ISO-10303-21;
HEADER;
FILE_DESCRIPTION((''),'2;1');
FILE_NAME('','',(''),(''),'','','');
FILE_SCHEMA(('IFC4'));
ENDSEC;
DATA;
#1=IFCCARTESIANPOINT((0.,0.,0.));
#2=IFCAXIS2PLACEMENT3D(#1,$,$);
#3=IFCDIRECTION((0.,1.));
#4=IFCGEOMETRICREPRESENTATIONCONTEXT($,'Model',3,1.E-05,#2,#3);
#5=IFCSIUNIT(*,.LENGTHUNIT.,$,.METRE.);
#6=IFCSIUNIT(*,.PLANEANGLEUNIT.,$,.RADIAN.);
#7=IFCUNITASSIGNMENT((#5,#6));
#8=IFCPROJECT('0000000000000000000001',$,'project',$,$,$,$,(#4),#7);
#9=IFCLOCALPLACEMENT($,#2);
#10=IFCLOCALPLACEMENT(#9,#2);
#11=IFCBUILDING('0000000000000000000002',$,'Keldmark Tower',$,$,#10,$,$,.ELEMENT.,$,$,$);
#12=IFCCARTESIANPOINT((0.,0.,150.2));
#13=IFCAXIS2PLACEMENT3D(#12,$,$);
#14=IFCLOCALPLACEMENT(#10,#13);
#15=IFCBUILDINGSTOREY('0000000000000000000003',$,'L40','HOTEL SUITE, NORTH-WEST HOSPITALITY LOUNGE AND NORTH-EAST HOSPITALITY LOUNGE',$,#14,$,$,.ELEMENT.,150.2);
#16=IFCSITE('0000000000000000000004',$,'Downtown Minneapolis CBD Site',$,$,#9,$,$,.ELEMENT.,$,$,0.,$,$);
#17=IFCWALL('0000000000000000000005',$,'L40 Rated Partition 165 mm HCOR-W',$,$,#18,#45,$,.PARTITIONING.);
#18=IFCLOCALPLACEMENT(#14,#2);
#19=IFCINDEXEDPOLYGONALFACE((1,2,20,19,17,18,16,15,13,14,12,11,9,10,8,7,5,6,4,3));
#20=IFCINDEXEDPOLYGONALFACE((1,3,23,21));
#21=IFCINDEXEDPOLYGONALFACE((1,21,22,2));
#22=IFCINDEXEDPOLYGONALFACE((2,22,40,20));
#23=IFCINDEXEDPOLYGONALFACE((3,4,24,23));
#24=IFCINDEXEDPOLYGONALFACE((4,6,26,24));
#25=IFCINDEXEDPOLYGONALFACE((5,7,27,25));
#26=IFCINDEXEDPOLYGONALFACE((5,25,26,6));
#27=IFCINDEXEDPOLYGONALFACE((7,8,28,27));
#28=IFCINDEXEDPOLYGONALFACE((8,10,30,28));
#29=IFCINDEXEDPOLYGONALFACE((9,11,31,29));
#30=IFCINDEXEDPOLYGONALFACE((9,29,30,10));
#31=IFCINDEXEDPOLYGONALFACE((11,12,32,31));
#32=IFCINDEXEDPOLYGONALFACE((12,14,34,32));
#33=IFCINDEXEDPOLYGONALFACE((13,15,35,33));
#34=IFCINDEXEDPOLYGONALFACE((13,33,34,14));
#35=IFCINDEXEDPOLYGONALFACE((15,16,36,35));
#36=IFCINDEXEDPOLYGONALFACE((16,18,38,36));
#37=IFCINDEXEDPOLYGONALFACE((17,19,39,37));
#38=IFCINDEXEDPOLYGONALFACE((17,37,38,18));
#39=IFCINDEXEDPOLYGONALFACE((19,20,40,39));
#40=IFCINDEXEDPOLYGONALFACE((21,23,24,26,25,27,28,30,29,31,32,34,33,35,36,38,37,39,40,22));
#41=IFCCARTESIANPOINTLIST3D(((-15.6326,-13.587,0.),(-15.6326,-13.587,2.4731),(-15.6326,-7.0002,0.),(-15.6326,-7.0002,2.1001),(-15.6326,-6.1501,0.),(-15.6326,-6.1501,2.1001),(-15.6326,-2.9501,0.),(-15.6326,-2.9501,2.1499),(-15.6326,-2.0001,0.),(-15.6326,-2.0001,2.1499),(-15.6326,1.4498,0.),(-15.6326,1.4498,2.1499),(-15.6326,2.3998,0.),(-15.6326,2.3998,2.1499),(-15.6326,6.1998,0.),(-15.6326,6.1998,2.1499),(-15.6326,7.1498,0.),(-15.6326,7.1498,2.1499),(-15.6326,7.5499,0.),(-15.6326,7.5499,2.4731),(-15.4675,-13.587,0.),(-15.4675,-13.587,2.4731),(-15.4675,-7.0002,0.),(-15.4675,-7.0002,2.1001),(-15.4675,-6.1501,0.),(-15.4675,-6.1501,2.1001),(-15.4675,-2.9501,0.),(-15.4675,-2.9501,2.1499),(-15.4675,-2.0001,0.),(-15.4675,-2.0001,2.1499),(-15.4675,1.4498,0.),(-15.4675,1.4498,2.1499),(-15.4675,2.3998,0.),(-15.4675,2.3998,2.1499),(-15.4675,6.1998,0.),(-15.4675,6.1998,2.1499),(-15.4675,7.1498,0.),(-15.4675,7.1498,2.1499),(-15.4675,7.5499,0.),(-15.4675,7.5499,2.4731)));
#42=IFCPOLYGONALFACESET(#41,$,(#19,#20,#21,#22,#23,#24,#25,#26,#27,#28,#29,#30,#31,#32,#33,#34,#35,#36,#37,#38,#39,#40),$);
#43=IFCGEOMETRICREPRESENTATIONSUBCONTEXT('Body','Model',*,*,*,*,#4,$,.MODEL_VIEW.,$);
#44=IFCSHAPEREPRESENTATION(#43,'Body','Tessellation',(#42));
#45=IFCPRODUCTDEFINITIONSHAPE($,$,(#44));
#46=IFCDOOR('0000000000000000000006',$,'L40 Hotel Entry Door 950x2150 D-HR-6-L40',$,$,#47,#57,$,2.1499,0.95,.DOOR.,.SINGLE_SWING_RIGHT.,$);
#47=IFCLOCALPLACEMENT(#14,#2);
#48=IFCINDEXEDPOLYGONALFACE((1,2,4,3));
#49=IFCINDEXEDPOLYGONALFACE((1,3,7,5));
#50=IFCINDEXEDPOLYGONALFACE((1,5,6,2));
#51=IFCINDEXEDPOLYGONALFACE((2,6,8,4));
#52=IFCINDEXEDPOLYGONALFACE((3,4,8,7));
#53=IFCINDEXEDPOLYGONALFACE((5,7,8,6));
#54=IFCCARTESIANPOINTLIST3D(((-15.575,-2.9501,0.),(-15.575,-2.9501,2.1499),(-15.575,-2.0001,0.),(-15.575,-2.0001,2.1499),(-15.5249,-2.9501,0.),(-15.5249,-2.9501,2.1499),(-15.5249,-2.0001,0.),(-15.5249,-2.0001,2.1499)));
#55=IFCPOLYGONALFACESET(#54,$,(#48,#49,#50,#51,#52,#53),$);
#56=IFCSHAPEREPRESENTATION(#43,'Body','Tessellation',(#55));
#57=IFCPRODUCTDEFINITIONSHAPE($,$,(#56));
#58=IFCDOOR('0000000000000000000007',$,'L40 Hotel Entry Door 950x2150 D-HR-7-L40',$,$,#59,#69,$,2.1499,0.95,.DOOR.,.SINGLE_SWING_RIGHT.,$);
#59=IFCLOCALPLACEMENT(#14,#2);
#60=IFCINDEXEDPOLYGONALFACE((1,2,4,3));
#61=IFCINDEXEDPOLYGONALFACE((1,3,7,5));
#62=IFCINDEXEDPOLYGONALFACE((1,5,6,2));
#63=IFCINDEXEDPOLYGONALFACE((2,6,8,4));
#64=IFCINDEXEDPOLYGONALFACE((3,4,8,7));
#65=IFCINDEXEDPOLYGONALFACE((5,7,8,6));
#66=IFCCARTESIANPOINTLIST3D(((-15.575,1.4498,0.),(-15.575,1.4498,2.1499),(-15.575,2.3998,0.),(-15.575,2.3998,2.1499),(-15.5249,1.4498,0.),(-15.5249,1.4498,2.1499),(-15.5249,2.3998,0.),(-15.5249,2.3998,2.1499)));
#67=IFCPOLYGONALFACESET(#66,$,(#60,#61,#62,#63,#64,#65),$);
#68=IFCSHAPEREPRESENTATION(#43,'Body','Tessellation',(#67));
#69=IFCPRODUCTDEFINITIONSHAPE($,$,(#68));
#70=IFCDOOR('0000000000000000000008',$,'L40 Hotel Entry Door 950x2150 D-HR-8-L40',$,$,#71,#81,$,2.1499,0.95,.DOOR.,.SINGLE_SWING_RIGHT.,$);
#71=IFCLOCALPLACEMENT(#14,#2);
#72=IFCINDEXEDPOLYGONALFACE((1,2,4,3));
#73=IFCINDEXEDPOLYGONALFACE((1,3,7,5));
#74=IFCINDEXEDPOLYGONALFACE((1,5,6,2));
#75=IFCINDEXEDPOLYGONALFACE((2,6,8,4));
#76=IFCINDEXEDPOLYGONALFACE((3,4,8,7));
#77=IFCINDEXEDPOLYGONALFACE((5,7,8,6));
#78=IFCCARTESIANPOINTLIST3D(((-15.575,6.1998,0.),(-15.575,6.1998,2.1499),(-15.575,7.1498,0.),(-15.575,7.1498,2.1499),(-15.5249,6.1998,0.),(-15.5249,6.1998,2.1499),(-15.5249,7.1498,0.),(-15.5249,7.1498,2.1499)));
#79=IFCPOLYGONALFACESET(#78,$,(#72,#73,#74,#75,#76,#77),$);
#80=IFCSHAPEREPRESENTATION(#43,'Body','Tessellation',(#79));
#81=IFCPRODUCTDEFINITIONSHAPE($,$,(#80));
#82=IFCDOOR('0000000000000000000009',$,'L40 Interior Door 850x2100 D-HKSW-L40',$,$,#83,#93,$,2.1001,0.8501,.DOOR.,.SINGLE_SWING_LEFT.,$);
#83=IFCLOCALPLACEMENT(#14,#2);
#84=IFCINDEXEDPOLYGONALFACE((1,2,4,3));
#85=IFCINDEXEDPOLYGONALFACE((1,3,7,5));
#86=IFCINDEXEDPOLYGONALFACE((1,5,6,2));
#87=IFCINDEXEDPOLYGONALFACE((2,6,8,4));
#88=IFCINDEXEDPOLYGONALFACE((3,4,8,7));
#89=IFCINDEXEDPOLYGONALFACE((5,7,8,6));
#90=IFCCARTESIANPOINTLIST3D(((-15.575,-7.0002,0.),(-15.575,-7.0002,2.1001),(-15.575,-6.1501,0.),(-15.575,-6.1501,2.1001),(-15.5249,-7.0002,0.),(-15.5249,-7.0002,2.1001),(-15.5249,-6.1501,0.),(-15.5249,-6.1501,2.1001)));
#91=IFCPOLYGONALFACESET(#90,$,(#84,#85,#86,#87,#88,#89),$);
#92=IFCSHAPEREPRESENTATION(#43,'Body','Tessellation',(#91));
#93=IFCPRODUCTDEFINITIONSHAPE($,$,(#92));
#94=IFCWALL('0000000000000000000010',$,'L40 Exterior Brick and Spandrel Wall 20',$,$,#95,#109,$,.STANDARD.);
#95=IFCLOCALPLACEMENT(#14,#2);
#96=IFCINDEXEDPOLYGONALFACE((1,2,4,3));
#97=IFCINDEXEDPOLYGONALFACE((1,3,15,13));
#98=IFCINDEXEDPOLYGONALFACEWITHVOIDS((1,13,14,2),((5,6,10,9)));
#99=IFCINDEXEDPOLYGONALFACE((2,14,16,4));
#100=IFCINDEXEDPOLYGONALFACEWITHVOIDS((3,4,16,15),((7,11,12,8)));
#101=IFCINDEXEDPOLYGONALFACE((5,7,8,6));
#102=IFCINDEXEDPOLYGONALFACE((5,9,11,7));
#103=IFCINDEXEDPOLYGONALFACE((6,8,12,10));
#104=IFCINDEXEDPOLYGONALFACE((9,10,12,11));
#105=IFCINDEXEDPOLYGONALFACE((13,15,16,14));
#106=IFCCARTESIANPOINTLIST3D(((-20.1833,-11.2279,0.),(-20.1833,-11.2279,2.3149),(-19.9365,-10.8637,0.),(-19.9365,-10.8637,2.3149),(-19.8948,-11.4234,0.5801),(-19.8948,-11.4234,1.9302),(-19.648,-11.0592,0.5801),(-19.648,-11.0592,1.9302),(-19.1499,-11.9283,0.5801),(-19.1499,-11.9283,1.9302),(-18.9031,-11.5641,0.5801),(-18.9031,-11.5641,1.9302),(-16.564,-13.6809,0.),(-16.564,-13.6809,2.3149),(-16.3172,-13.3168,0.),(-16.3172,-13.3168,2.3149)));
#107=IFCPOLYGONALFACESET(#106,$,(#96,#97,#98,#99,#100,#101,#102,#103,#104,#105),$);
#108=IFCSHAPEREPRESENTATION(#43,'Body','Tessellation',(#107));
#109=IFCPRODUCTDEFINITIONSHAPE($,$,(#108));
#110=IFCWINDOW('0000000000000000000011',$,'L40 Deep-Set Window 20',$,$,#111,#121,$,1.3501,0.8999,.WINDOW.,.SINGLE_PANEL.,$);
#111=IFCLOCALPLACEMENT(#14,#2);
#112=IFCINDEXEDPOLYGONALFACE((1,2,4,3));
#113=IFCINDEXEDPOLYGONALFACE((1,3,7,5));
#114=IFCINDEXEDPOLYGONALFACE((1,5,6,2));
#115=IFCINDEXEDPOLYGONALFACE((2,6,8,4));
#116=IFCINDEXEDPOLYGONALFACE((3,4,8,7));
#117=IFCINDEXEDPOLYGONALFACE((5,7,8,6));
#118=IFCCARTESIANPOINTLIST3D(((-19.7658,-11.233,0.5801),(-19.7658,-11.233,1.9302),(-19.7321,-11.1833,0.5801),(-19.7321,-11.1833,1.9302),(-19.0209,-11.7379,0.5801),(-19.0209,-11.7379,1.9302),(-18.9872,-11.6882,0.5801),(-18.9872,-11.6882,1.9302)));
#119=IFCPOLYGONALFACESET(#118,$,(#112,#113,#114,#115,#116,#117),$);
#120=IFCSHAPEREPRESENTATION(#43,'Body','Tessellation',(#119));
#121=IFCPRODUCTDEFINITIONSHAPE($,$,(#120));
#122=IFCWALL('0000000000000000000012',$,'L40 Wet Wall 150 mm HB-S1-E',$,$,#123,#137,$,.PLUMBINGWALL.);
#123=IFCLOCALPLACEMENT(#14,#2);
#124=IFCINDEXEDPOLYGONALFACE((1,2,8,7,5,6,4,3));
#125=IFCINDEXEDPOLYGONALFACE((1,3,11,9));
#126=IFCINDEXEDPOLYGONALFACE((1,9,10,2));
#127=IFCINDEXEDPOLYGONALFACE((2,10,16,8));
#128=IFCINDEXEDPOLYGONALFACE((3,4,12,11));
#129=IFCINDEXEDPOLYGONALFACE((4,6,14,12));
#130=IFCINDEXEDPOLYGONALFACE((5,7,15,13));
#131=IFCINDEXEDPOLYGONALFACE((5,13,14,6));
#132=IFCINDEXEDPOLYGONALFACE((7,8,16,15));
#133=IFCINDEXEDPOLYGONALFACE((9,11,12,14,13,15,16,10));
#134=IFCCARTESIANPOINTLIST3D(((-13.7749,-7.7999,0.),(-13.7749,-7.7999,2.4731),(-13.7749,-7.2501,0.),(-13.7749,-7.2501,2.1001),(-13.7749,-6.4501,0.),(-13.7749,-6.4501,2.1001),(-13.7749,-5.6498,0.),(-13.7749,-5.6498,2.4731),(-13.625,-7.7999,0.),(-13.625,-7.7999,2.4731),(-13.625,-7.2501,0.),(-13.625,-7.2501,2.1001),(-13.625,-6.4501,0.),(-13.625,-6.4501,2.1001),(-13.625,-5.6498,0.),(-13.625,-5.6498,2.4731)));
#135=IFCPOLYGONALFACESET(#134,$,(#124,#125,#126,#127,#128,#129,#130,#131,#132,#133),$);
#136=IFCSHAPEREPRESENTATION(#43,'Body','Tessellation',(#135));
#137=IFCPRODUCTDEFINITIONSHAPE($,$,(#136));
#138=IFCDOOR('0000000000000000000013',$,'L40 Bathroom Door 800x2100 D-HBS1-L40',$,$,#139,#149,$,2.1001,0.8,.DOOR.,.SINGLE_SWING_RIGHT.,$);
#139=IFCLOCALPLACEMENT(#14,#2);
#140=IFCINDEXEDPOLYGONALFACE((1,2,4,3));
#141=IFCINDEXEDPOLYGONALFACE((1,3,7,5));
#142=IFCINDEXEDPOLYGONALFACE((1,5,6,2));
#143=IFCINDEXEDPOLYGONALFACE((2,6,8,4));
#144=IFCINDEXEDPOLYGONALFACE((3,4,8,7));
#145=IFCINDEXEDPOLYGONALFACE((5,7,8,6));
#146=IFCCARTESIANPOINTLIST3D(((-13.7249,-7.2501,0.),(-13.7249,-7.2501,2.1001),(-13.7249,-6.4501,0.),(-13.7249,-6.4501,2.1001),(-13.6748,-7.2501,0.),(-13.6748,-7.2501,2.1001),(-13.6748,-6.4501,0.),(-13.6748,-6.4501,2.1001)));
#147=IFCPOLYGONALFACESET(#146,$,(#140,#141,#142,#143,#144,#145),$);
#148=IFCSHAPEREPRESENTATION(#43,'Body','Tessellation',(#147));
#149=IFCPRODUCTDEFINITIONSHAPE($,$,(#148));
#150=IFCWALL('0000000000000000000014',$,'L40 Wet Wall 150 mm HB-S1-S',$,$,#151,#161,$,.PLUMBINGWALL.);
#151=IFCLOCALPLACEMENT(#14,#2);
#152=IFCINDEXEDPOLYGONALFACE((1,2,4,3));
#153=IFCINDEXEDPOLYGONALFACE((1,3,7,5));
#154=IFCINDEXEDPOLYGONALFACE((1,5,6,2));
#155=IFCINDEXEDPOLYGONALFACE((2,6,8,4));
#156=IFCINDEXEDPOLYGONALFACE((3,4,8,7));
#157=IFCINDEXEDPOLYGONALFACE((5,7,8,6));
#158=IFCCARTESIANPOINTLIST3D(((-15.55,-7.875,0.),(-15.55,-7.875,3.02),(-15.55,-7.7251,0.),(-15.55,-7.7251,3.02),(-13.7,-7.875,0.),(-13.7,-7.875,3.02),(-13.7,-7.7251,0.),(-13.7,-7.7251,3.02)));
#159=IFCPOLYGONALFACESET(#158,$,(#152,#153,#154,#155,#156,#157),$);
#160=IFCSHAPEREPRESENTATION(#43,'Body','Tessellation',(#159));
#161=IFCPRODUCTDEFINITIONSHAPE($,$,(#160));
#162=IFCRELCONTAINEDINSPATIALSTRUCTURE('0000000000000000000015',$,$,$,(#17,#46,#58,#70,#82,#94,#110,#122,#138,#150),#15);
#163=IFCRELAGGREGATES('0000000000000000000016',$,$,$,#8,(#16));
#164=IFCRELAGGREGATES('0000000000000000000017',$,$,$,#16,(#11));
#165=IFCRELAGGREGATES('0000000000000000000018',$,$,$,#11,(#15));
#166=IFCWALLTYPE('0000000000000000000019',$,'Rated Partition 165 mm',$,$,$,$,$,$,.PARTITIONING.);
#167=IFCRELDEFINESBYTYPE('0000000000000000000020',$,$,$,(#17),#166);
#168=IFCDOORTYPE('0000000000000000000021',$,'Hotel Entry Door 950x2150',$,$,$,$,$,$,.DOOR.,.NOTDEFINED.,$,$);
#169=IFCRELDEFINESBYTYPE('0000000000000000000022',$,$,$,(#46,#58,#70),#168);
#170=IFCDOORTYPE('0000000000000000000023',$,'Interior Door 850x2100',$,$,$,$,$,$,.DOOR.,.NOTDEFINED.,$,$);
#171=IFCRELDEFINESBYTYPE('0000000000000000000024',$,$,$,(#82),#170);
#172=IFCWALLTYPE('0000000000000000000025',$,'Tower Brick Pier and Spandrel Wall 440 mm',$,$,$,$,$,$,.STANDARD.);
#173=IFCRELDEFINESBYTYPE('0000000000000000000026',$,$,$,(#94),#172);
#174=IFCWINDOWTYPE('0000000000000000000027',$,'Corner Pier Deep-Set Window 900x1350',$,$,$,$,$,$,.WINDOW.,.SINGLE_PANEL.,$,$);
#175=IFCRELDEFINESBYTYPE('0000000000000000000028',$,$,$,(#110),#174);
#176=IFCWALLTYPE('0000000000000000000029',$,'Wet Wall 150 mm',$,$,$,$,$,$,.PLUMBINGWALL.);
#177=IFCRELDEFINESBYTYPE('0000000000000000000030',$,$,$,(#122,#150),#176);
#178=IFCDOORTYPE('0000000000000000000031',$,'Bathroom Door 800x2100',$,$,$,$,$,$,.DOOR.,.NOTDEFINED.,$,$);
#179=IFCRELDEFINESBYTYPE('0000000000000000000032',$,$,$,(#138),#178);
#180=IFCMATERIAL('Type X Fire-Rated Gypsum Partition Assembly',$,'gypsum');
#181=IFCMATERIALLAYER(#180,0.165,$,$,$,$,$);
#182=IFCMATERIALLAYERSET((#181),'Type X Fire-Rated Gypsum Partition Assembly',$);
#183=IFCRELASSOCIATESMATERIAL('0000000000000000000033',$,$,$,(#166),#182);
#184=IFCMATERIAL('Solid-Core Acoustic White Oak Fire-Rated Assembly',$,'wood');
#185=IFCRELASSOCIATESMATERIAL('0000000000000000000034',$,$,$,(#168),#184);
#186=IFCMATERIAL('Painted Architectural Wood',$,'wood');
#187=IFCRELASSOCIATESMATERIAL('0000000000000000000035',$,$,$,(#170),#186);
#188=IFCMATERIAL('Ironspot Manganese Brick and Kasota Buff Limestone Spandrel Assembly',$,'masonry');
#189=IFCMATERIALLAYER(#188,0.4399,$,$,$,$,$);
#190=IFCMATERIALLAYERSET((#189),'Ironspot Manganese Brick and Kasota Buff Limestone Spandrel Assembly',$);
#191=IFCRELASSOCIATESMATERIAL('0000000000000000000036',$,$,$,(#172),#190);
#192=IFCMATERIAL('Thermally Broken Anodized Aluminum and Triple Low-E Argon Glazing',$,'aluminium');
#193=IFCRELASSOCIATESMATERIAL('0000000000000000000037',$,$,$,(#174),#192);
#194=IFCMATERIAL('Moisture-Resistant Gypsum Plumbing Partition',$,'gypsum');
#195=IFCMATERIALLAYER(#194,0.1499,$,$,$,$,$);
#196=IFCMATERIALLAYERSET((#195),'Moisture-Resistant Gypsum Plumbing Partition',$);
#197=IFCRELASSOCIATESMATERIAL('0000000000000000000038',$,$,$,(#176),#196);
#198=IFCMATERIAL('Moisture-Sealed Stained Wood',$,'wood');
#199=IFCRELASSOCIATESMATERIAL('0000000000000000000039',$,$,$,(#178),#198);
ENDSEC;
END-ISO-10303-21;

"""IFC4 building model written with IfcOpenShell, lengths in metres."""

from ifc_helpers import new_model, si_unit, direction, frame, frame_2d, origin, place, context, subcontext, project, spatial, rectangle, extrude, material, layer, layer_set, type_object, element, fill, save


model = new_model("IFC4")

# Units and contexts
model_context = context("Model", 3, precision=1e-05, world=origin(), true_north=direction((0.0, 1.0)))
body_context = subcontext(model_context, "Body", "Model", "MODEL_VIEW")
ifc_project = project(units=[si_unit("LENGTHUNIT", "METRE"), si_unit("PLANEANGLEUNIT", "RADIAN")], contexts=[model_context])

# Site, building, storey
site_placement = place(None, origin())
site = spatial("IfcSite", under=ifc_project, at=site_placement, Name="Downtown Minneapolis CBD Site", CompositionType="ELEMENT", RefElevation=0.0)
building_placement = place(site_placement, origin())
building = spatial("IfcBuilding", under=site, at=building_placement, Name="Keldmark Tower", CompositionType="ELEMENT")
storey_placement = place(building_placement, frame((0.0, 0.0, 150.2)))
storey = spatial("IfcBuildingStorey", under=building, at=storey_placement, Name="L40", Description="HOTEL SUITE, NORTH-WEST HOSPITALITY LOUNGE AND NORTH-EAST HOSPITALITY LOUNGE", CompositionType="ELEMENT", Elevation=150.2)

# Wall, openings, doors
ifc_material_1 = material(Name="Type X Fire-Rated Gypsum Partition Assembly", Category="gypsum")
ifc_layer_1 = layer(ifc_material_1, 0.165)
ifc_layer_set_1 = layer_set([ifc_layer_1], Name="Type X Fire-Rated Gypsum Partition Assembly")
wall_type_1 = type_object("IfcWallType", Name="Rated Partition 165 mm", PredefinedType="PARTITIONING", material=ifc_layer_set_1)
ifc_material_2 = material(Name="Solid-Core Acoustic White Oak Fire-Rated Assembly", Category="wood")
door_type_1 = type_object("IfcDoorType", Name="Hotel Entry Door 950x2150", OperationType="NOTDEFINED", PredefinedType="DOOR", material=ifc_material_2)
wall_1_placement = place(storey_placement, frame((-15.55, -13.5869, 0.0), z_axis=(0.0, 0.0, 1.0), x_axis=(0.0, 1.0, 0.0)))
wall_1 = element("IfcWall", 1, at=wall_1_placement, inside=storey, type_object=wall_type_1, Name="L40 Rated Partition 165 mm HCOR-W", PredefinedType="PARTITIONING", context=body_context, shape_type="SweptSolid", body=[
    extrude(rectangle(XDim=21.137, YDim=0.165, at=frame_2d((10.5684, 0.0))), origin(), (0.0, 0.0, 1.0), 2.4731),
])
opening_1_placement = place(wall_1_placement, frame((6.5867, 0.0, 0.0)))
opening_1 = element("IfcOpeningElement", 2, at=opening_1_placement, cuts=wall_1, PredefinedType="OPENING", context=body_context, shape_type="SweptSolid", body=[
    extrude(rectangle(XDim=0.8501, YDim=2.1001, at=frame_2d((0.425, 1.05))), frame((0.0, 0.0925, 0.0), z_axis=(0.0, -1.0, 0.0), x_axis=(1.0, 0.0, 0.0)), (0.0, 0.0, 1.0), 0.1851),
])
opening_2_placement = place(wall_1_placement, frame((10.6367, 0.0, 0.0)))
opening_2 = element("IfcOpeningElement", 3, at=opening_2_placement, cuts=wall_1, PredefinedType="OPENING", context=body_context, shape_type="SweptSolid", body=[
    extrude(rectangle(XDim=0.95, YDim=2.1499, at=frame_2d((0.4751, 1.075))), frame((0.0, 0.0925, 0.0), z_axis=(0.0, -1.0, 0.0), x_axis=(1.0, 0.0, 0.0)), (0.0, 0.0, 1.0), 0.1851),
])
opening_3_placement = place(wall_1_placement, frame((15.0366, 0.0, 0.0)))
opening_3 = element("IfcOpeningElement", 4, at=opening_3_placement, cuts=wall_1, PredefinedType="OPENING", context=body_context, shape_type="SweptSolid", body=[
    extrude(rectangle(XDim=0.95, YDim=2.1499, at=frame_2d((0.4751, 1.075))), frame((0.0, 0.0925, 0.0), z_axis=(0.0, -1.0, 0.0), x_axis=(1.0, 0.0, 0.0)), (0.0, 0.0, 1.0), 0.1851),
])
opening_4_placement = place(wall_1_placement, frame((19.7866, 0.0, 0.0)))
opening_4 = element("IfcOpeningElement", 5, at=opening_4_placement, cuts=wall_1, PredefinedType="OPENING", context=body_context, shape_type="SweptSolid", body=[
    extrude(rectangle(XDim=0.95, YDim=2.1499, at=frame_2d((0.4751, 1.075))), frame((0.0, 0.0925, 0.0), z_axis=(0.0, -1.0, 0.0), x_axis=(1.0, 0.0, 0.0)), (0.0, 0.0, 1.0), 0.1851),
])
door_1_placement = place(opening_2_placement, origin())
door_1 = element("IfcDoor", 6, at=door_1_placement, inside=storey, type_object=door_type_1, Name="L40 Hotel Entry Door 950x2150 D-HR-6-L40", OperationType="SINGLE_SWING_RIGHT", OverallHeight=2.1499, OverallWidth=0.95, PredefinedType="DOOR", context=body_context, shape_type="SweptSolid", body=[
    extrude(rectangle(XDim=0.95, YDim=2.1499, at=frame_2d((0.4751, 1.075))), frame((0.0, 0.0249, 0.0), z_axis=(0.0, -1.0, 0.0), x_axis=(1.0, 0.0, 0.0)), (0.0, 0.0, 1.0), 0.05),
])
fill(opening_2, door_1)
door_2_placement = place(opening_3_placement, origin())
door_2 = element("IfcDoor", 7, at=door_2_placement, inside=storey, type_object=door_type_1, Name="L40 Hotel Entry Door 950x2150 D-HR-7-L40", OperationType="SINGLE_SWING_RIGHT", OverallHeight=2.1499, OverallWidth=0.95, PredefinedType="DOOR", context=body_context, shape_type="SweptSolid", body=[
    extrude(rectangle(XDim=0.95, YDim=2.1499, at=frame_2d((0.4751, 1.075))), frame((0.0, 0.0249, 0.0), z_axis=(0.0, -1.0, 0.0), x_axis=(1.0, 0.0, 0.0)), (0.0, 0.0, 1.0), 0.05),
])
fill(opening_3, door_2)
door_3_placement = place(opening_4_placement, origin())
door_3 = element("IfcDoor", 8, at=door_3_placement, inside=storey, type_object=door_type_1, Name="L40 Hotel Entry Door 950x2150 D-HR-8-L40", OperationType="SINGLE_SWING_RIGHT", OverallHeight=2.1499, OverallWidth=0.95, PredefinedType="DOOR", context=body_context, shape_type="SweptSolid", body=[
    extrude(rectangle(XDim=0.95, YDim=2.1499, at=frame_2d((0.4751, 1.075))), frame((0.0, 0.0249, 0.0), z_axis=(0.0, -1.0, 0.0), x_axis=(1.0, 0.0, 0.0)), (0.0, 0.0, 1.0), 0.05),
])
fill(opening_4, door_3)
ifc_material_3 = material(Name="Painted Architectural Wood", Category="wood")
door_type_2 = type_object("IfcDoorType", Name="Interior Door 850x2100", OperationType="NOTDEFINED", PredefinedType="DOOR", material=ifc_material_3)
door_4_placement = place(opening_1_placement, origin())
door_4 = element("IfcDoor", 9, at=door_4_placement, inside=storey, type_object=door_type_2, Name="L40 Interior Door 850x2100 D-HKSW-L40", OperationType="SINGLE_SWING_LEFT", OverallHeight=2.1001, OverallWidth=0.8501, PredefinedType="DOOR", context=body_context, shape_type="SweptSolid", body=[
    extrude(rectangle(XDim=0.8501, YDim=2.1001, at=frame_2d((0.425, 1.05))), frame((0.0, 0.0249, 0.0), z_axis=(0.0, -1.0, 0.0), x_axis=(1.0, 0.0, 0.0)), (0.0, 0.0, 1.0), 0.05),
])
fill(opening_1, door_4)

# Wall, opening, window
ifc_material_4 = material(Name="Ironspot Manganese Brick and Kasota Buff Limestone Spandrel Assembly", Category="masonry")
ifc_layer_2 = layer(ifc_material_4, 0.4399)
ifc_layer_set_2 = layer_set([ifc_layer_2], Name="Ironspot Manganese Brick and Kasota Buff Limestone Spandrel Assembly")
wall_type_2 = type_object("IfcWallType", Name="Tower Brick Pier and Spandrel Wall 440 mm", PredefinedType="STANDARD", material=ifc_layer_set_2)
wall_2_placement = place(storey_placement, frame((-16.4407, -13.4988, 0.0), z_axis=(0.0, 0.0, 1.0), x_axis=(-0.827782, 0.561049, 0.0)))
wall_2 = element("IfcWall", 10, at=wall_2_placement, inside=storey, type_object=wall_type_2, Name="L40 Exterior Brick and Spandrel Wall 20", PredefinedType="STANDARD", context=body_context, shape_type="SweptSolid", body=[
    extrude(rectangle(XDim=4.3723, YDim=0.4399, at=frame_2d((2.186, 0.0))), origin(), (0.0, 0.0, 1.0), 2.3149),
])
opening_5_placement = place(wall_2_placement, frame((3.1238, 0.0, 0.5801)))
opening_5 = element("IfcOpeningElement", 11, at=opening_5_placement, cuts=wall_2, PredefinedType="OPENING", context=body_context, shape_type="SweptSolid", body=[
    extrude(rectangle(XDim=0.8999, YDim=1.3501, at=frame_2d((0.45, 0.675))), frame((0.0, 0.23, 0.0), z_axis=(0.0, -1.0, 0.0), x_axis=(1.0, 0.0, 0.0)), (0.0, 0.0, 1.0), 0.46),
])
ifc_material_5 = material(Name="Thermally Broken Anodized Aluminum and Triple Low-E Argon Glazing", Category="aluminium")
window_type = type_object("IfcWindowType", Name="Corner Pier Deep-Set Window 900x1350", PartitioningType="SINGLE_PANEL", PredefinedType="WINDOW", material=ifc_material_5)
window_placement = place(opening_5_placement, origin())
window = element("IfcWindow", 12, at=window_placement, inside=storey, type_object=window_type, Name="L40 Deep-Set Window 20", OverallHeight=1.3501, OverallWidth=0.8999, PartitioningType="SINGLE_PANEL", PredefinedType="WINDOW", context=body_context, shape_type="SweptSolid", body=[
    extrude(rectangle(XDim=0.8999, YDim=1.3501, at=frame_2d((0.45, 0.675))), frame((0.0, -0.01, 0.0), z_axis=(0.0, -1.0, 0.0), x_axis=(1.0, 0.0, 0.0)), (0.0, 0.0, 1.0), 0.0601),
])
fill(opening_5, window)

# Wall, opening, door
ifc_material_6 = material(Name="Moisture-Resistant Gypsum Plumbing Partition", Category="gypsum")
ifc_layer_3 = layer(ifc_material_6, 0.1499)
ifc_layer_set_3 = layer_set([ifc_layer_3], Name="Moisture-Resistant Gypsum Plumbing Partition")
wall_type_3 = type_object("IfcWallType", Name="Wet Wall 150 mm", PredefinedType="PLUMBINGWALL", material=ifc_layer_set_3)
wall_3_placement = place(storey_placement, frame((-13.7, -7.8, 0.0), z_axis=(0.0, 0.0, 1.0), x_axis=(0.0, 1.0, 0.0)))
wall_3 = element("IfcWall", 13, at=wall_3_placement, inside=storey, type_object=wall_type_3, Name="L40 Wet Wall 150 mm HB-S1-E", PredefinedType="PLUMBINGWALL", context=body_context, shape_type="SweptSolid", body=[
    extrude(rectangle(XDim=2.1501, YDim=0.1499, at=frame_2d((1.0752, 0.0))), origin(), (0.0, 0.0, 1.0), 2.4731),
])
opening_6_placement = place(wall_3_placement, frame((0.55, 0.0, 0.0)))
opening_6 = element("IfcOpeningElement", 14, at=opening_6_placement, cuts=wall_3, PredefinedType="OPENING", context=body_context, shape_type="SweptSolid", body=[
    extrude(rectangle(XDim=0.8, YDim=2.1001, at=frame_2d((0.3999, 1.05))), frame((0.0, 0.085, 0.0), z_axis=(0.0, -1.0, 0.0), x_axis=(1.0, 0.0, 0.0)), (0.0, 0.0, 1.0), 0.1699),
])
ifc_material_7 = material(Name="Moisture-Sealed Stained Wood", Category="wood")
door_type_3 = type_object("IfcDoorType", Name="Bathroom Door 800x2100", OperationType="NOTDEFINED", PredefinedType="DOOR", material=ifc_material_7)
door_5_placement = place(opening_6_placement, origin())
door_5 = element("IfcDoor", 15, at=door_5_placement, inside=storey, type_object=door_type_3, Name="L40 Bathroom Door 800x2100 D-HBS1-L40", OperationType="SINGLE_SWING_RIGHT", OverallHeight=2.1001, OverallWidth=0.8, PredefinedType="DOOR", context=body_context, shape_type="SweptSolid", body=[
    extrude(rectangle(XDim=0.8, YDim=2.1001, at=frame_2d((0.3999, 1.05))), frame((0.0, 0.0249, 0.0), z_axis=(0.0, -1.0, 0.0), x_axis=(1.0, 0.0, 0.0)), (0.0, 0.0, 1.0), 0.05),
])
fill(opening_6, door_5)

# Wall
wall_4_placement = place(storey_placement, frame((-15.55, -7.8, 0.0), z_axis=(0.0, 0.0, 1.0), x_axis=(1.0, 0.0, 0.0)))
element("IfcWall", 16, at=wall_4_placement, inside=storey, type_object=wall_type_3, Name="L40 Wet Wall 150 mm HB-S1-S", PredefinedType="PLUMBINGWALL", context=body_context, shape_type="SweptSolid", body=[
    extrude(rectangle(XDim=1.8501, YDim=0.1499, at=frame_2d((0.925, 0.0))), origin(), (0.0, 0.0, 1.0), 3.02),
])

save(model, "model.ifc")
